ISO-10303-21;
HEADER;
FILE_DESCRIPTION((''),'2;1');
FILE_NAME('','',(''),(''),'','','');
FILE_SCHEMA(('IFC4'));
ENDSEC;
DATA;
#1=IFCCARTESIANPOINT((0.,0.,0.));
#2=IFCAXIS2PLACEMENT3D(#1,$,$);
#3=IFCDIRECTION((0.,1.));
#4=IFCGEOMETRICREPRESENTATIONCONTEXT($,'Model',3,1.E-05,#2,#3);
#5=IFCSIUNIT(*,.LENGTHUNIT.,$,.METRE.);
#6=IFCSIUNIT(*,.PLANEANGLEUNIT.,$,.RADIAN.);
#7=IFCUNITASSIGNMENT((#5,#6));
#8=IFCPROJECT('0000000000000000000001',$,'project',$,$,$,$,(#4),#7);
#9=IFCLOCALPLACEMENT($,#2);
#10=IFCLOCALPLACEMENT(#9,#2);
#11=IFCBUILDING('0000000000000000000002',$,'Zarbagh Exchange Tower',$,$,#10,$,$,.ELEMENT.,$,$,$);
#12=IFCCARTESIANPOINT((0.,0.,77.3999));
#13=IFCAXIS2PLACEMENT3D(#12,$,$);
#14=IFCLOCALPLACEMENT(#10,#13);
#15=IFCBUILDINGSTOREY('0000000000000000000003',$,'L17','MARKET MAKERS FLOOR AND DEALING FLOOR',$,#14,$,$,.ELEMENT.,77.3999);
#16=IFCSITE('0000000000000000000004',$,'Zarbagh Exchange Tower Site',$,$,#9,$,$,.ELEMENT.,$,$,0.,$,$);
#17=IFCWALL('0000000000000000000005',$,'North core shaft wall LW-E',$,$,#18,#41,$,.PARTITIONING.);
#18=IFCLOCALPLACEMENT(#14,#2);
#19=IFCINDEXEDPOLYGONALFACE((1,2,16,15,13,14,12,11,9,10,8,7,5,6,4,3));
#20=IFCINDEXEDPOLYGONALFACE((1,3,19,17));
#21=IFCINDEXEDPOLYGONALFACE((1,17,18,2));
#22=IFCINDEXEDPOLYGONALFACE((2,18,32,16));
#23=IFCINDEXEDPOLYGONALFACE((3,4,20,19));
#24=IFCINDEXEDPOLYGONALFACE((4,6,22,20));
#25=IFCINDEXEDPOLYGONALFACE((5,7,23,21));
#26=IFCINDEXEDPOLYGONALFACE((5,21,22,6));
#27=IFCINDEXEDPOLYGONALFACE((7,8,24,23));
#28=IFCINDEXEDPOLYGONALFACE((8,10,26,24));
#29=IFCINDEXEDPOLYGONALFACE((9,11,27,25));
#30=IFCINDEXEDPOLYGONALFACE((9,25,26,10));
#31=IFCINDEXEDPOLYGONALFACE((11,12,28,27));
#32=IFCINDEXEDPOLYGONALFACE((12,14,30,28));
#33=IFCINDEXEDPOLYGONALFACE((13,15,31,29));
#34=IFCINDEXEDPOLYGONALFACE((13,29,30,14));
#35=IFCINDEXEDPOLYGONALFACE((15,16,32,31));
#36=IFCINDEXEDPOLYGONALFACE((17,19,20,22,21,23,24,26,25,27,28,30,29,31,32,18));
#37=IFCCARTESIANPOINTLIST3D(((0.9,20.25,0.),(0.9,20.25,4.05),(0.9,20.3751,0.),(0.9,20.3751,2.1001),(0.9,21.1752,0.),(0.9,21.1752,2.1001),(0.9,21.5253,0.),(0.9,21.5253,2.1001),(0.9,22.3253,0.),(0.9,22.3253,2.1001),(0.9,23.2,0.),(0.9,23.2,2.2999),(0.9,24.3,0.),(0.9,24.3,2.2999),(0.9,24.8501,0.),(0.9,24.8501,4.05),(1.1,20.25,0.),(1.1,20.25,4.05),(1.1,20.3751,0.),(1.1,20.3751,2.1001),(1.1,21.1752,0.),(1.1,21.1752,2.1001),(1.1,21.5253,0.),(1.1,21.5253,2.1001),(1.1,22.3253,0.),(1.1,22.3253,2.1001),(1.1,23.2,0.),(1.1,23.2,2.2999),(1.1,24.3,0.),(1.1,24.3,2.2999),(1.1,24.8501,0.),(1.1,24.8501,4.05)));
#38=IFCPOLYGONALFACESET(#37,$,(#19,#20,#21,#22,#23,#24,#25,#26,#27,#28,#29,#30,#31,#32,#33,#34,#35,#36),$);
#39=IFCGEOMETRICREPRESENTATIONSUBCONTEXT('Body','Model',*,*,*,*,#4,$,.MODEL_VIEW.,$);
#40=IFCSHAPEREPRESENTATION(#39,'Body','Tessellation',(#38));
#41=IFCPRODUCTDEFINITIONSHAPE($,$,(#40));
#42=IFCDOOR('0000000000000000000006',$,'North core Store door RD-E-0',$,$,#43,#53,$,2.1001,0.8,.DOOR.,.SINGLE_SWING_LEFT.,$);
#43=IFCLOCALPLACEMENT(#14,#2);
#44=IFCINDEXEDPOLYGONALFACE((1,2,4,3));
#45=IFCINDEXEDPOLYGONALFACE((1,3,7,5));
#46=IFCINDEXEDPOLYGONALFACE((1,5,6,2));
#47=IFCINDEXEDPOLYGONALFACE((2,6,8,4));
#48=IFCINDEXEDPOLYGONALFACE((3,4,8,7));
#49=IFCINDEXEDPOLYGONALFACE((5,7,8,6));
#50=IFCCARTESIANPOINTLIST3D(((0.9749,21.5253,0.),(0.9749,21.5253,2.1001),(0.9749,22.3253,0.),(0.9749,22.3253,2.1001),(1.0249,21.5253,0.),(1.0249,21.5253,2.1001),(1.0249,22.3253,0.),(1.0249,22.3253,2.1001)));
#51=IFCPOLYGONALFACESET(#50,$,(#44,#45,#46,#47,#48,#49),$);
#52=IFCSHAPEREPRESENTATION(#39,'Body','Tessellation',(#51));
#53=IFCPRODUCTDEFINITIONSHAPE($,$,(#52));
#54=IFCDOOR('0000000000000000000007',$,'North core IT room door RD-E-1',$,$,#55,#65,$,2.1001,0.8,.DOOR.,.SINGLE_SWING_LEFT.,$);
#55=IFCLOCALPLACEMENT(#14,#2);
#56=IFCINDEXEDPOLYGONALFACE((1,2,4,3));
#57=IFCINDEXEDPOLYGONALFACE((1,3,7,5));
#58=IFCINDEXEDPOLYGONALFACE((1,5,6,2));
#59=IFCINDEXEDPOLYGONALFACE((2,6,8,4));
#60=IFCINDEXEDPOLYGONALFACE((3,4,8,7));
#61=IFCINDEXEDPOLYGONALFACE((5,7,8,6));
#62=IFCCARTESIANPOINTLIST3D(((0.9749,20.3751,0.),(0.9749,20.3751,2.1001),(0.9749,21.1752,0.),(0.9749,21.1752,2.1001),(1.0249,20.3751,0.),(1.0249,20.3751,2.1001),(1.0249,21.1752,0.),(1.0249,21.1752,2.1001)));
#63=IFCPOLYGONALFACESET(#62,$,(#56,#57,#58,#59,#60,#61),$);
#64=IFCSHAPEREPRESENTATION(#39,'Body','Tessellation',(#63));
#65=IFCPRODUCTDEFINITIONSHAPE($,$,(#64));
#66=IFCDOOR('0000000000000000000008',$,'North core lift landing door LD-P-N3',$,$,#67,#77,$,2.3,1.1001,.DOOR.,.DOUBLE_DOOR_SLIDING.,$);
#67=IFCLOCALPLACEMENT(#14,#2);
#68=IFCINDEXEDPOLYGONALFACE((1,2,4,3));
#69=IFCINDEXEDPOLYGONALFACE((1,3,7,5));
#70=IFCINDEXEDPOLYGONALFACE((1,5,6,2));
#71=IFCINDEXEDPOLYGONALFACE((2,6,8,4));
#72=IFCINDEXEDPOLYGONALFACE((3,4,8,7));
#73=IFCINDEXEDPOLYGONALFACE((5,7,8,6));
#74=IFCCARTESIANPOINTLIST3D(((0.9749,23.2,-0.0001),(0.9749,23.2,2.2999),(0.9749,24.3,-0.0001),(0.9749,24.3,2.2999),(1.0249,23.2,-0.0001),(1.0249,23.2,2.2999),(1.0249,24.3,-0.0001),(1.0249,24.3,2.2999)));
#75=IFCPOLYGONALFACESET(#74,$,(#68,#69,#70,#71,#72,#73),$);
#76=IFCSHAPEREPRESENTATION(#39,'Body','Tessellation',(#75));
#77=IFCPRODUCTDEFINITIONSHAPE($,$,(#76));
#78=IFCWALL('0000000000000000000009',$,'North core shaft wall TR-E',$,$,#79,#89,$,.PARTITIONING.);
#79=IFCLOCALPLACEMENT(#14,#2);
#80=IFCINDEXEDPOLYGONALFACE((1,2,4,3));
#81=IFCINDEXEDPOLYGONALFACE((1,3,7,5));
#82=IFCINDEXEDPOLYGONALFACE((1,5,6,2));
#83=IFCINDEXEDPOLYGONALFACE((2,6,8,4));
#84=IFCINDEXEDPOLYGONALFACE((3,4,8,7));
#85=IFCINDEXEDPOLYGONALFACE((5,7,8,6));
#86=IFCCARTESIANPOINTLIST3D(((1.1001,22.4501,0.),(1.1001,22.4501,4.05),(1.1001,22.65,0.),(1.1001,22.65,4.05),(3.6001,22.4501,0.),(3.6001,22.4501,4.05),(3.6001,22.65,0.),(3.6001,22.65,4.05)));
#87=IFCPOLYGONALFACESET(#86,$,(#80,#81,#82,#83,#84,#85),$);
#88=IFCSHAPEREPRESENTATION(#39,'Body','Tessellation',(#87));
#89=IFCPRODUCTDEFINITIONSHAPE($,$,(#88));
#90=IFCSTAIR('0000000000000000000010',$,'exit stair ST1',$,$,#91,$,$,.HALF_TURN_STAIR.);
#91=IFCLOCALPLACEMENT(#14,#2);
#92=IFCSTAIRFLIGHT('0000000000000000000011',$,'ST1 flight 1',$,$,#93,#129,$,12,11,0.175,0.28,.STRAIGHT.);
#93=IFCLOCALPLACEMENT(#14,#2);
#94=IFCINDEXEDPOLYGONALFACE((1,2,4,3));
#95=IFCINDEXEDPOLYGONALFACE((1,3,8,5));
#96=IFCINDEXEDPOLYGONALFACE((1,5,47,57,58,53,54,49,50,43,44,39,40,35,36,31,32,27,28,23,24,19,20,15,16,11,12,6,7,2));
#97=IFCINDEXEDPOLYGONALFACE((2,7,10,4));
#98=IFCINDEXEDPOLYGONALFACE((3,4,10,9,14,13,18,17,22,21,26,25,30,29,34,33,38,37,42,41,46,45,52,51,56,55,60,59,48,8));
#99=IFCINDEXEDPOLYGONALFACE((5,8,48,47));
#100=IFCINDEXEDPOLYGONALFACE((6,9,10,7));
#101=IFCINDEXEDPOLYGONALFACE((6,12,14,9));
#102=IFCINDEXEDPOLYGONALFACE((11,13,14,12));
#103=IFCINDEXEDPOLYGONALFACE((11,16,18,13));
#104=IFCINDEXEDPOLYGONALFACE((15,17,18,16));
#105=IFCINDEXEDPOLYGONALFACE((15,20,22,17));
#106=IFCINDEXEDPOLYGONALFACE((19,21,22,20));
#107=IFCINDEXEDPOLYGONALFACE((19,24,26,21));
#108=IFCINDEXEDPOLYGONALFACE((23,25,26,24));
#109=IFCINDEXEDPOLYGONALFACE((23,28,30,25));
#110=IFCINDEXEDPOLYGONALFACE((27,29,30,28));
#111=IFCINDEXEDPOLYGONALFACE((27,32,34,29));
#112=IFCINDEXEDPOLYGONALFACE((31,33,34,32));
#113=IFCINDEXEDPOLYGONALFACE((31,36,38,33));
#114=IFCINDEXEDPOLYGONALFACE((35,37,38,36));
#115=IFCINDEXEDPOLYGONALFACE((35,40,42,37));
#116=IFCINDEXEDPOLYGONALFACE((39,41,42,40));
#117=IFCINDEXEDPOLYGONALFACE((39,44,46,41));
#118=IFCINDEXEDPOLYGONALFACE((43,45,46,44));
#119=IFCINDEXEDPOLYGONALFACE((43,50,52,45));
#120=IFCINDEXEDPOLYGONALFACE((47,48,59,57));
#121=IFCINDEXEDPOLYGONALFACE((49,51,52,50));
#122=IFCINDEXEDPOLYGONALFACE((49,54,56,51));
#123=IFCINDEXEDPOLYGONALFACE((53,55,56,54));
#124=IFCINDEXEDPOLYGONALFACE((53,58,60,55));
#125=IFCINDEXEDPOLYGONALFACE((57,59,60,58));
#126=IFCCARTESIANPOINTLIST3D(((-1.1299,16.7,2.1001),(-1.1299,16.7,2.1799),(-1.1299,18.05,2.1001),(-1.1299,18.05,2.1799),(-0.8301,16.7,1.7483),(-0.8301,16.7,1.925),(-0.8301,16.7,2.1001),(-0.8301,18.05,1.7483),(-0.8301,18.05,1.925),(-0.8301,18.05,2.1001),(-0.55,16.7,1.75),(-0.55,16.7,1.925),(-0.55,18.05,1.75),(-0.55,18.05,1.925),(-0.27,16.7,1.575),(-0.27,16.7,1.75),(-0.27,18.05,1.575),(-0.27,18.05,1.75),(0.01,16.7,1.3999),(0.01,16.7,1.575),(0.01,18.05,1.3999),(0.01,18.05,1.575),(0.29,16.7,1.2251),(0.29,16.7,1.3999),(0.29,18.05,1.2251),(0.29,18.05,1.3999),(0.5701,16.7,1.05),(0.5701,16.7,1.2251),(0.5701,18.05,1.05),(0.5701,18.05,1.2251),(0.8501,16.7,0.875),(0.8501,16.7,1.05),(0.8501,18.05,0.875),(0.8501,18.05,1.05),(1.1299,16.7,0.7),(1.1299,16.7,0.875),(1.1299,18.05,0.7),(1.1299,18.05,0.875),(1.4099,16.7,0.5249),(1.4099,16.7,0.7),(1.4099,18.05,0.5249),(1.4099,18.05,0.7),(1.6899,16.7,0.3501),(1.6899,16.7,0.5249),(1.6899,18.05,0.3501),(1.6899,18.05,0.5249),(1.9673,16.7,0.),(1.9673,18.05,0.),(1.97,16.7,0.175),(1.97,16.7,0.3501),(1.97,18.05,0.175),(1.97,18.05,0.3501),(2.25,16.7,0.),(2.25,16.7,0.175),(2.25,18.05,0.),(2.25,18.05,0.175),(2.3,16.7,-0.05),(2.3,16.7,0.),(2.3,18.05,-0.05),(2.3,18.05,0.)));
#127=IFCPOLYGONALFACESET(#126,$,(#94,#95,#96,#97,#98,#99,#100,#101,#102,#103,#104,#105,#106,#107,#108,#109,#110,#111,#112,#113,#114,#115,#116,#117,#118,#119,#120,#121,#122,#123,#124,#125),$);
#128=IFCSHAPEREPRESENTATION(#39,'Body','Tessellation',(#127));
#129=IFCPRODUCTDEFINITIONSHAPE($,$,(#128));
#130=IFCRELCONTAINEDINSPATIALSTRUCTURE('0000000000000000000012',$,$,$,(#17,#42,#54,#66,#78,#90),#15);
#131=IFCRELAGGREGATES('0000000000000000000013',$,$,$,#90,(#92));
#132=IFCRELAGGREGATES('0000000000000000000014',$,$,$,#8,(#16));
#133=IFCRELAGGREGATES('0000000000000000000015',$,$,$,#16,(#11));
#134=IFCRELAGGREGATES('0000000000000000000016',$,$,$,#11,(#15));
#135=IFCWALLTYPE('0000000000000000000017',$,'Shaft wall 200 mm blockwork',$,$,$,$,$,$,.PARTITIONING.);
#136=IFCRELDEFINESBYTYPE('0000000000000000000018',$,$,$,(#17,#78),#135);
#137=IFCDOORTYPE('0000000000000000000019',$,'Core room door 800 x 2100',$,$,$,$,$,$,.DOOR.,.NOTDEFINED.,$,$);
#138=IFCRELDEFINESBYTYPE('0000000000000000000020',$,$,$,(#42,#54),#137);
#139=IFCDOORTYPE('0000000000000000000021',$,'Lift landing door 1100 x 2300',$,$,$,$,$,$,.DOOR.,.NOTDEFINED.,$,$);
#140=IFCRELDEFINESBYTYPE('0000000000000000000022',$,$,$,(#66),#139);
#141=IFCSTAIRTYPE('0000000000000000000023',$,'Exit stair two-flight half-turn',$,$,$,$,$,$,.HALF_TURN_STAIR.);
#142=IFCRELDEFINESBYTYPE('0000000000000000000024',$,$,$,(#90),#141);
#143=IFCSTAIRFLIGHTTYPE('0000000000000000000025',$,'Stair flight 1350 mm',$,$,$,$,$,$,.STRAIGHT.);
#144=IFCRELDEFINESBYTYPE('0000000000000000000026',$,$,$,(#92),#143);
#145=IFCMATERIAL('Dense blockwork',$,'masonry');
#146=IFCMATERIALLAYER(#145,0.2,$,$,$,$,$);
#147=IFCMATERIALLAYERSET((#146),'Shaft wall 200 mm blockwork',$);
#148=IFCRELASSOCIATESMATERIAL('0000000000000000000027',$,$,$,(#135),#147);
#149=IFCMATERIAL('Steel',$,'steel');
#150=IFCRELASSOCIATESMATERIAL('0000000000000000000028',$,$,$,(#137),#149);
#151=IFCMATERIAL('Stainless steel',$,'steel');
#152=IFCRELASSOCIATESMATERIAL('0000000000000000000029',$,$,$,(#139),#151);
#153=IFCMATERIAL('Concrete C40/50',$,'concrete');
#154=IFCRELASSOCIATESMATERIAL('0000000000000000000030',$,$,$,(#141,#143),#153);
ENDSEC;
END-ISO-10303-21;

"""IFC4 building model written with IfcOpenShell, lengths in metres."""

from ifc_helpers import new_model, si_unit, direction, frame, frame_2d, origin, place, context, subcontext, project, spatial, polyline, rectangle, outline, extrude, material, layer, layer_set, type_object, element, fill, aggregate, save


model = new_model("IFC4")

# Units and contexts
model_context = context("Model", 3, precision=1e-05, world=origin(), true_north=direction((0.0, 1.0)))
body_context = subcontext(model_context, "Body", "Model", "MODEL_VIEW")
ifc_project = project(units=[si_unit("LENGTHUNIT", "METRE"), si_unit("PLANEANGLEUNIT", "RADIAN")], contexts=[model_context])

# Site, building, storey
site_placement = place(None, origin())
site = spatial("IfcSite", under=ifc_project, at=site_placement, Name="Zarbagh Exchange Tower Site", CompositionType="ELEMENT", RefElevation=0.0)
building_placement = place(site_placement, origin())
building = spatial("IfcBuilding", under=site, at=building_placement, Name="Zarbagh Exchange Tower", CompositionType="ELEMENT")
storey_placement = place(building_placement, frame((0.0, 0.0, 77.3999)))
storey = spatial("IfcBuildingStorey", under=building, at=storey_placement, Name="L17", Description="MARKET MAKERS FLOOR AND DEALING FLOOR", CompositionType="ELEMENT", Elevation=77.3999)

# Shared definitions
ifc_material_1 = material(Name="Dense blockwork", Category="masonry")

# Wall, openings, doors
ifc_material_2 = material(Name="Steel", Category="steel")
ifc_layer_1 = layer(ifc_material_1, 0.2)
ifc_layer_set_1 = layer_set([ifc_layer_1], Name="Shaft wall 200 mm blockwork")
wall_type_1 = type_object("IfcWallType", Name="Shaft wall 200 mm blockwork", PredefinedType="PARTITIONING", material=ifc_layer_set_1)
wall_1_placement = place(storey_placement, frame((1.0, 24.8501, 0.0), z_axis=(0.0, 0.0, 1.0), x_axis=(0.0, -1.0, 0.0)))
wall_1 = element("IfcWall", 1, at=wall_1_placement, inside=storey, type_object=wall_type_1, Name="North core shaft wall LW-E", PredefinedType="PARTITIONING", context=body_context, shape_type="SweptSolid", body=[
    extrude(rectangle(XDim=4.6001, YDim=0.2, at=frame_2d((2.3, 0.0))), origin(), (0.0, 0.0, 1.0), 4.05),
])
opening_1_placement = place(wall_1_placement, frame((0.55, 0.0, 0.0)))
opening_1 = element("IfcOpeningElement", 2, at=opening_1_placement, cuts=wall_1, PredefinedType="OPENING", context=body_context, shape_type="SweptSolid", body=[
    extrude(rectangle(XDim=1.1001, YDim=2.3, at=frame_2d((0.55, 1.1499))), frame((0.0, 0.1099, 0.0), z_axis=(0.0, -1.0, 0.0), x_axis=(1.0, 0.0, 0.0)), (0.0, 0.0, 1.0), 0.22),
])
opening_2_placement = place(wall_1_placement, frame((2.5249, 0.0, 0.0)))
opening_2 = element("IfcOpeningElement", 3, at=opening_2_placement, cuts=wall_1, PredefinedType="OPENING", context=body_context, shape_type="SweptSolid", body=[
    extrude(rectangle(XDim=0.8, YDim=2.1001, at=frame_2d((0.3999, 1.05))), frame((0.0, 0.1099, 0.0), z_axis=(0.0, -1.0, 0.0), x_axis=(1.0, 0.0, 0.0)), (0.0, 0.0, 1.0), 0.22),
])
opening_3_placement = place(wall_1_placement, frame((3.675, 0.0, 0.0)))
opening_3 = element("IfcOpeningElement", 4, at=opening_3_placement, cuts=wall_1, PredefinedType="OPENING", context=body_context, shape_type="SweptSolid", body=[
    extrude(rectangle(XDim=0.8, YDim=2.1001, at=frame_2d((0.3999, 1.05))), frame((0.0, 0.1099, 0.0), z_axis=(0.0, -1.0, 0.0), x_axis=(1.0, 0.0, 0.0)), (0.0, 0.0, 1.0), 0.22),
])
door_type_1 = type_object("IfcDoorType", Name="Core room door 800 x 2100", OperationType="NOTDEFINED", PredefinedType="DOOR", material=ifc_material_2)
door_1_placement = place(opening_2_placement, origin())
door_1 = element("IfcDoor", 5, at=door_1_placement, inside=storey, type_object=door_type_1, Name="North core Store door RD-E-0", OperationType="SINGLE_SWING_LEFT", OverallHeight=2.1001, OverallWidth=0.8, PredefinedType="DOOR", context=body_context, shape_type="SweptSolid", body=[
    extrude(rectangle(XDim=0.8, YDim=2.1001, at=frame_2d((0.3999, 1.05))), frame((0.0, 0.0249, 0.0), z_axis=(0.0, -1.0, 0.0), x_axis=(1.0, 0.0, 0.0)), (0.0, 0.0, 1.0), 0.05),
])
fill(opening_2, door_1)
door_2_placement = place(opening_3_placement, origin())
door_2 = element("IfcDoor", 6, at=door_2_placement, inside=storey, type_object=door_type_1, Name="North core IT room door RD-E-1", OperationType="SINGLE_SWING_LEFT", OverallHeight=2.1001, OverallWidth=0.8, PredefinedType="DOOR", context=body_context, shape_type="SweptSolid", body=[
    extrude(rectangle(XDim=0.8, YDim=2.1001, at=frame_2d((0.3999, 1.05))), frame((0.0, 0.0249, 0.0), z_axis=(0.0, -1.0, 0.0), x_axis=(1.0, 0.0, 0.0)), (0.0, 0.0, 1.0), 0.05),
])
fill(opening_3, door_2)
ifc_material_3 = material(Name="Stainless steel", Category="steel")
door_type_2 = type_object("IfcDoorType", Name="Lift landing door 1100 x 2300", OperationType="NOTDEFINED", PredefinedType="DOOR", material=ifc_material_3)
door_3_placement = place(opening_1_placement, origin())
door_3 = element("IfcDoor", 7, at=door_3_placement, inside=storey, type_object=door_type_2, Name="North core lift landing door LD-P-N3", OperationType="DOUBLE_DOOR_SLIDING", OverallHeight=2.3, OverallWidth=1.1001, PredefinedType="DOOR", context=body_context, shape_type="SweptSolid", body=[
    extrude(rectangle(XDim=1.1001, YDim=2.3, at=frame_2d((0.55, 1.1499))), frame((0.0, 0.0249, 0.0), z_axis=(0.0, -1.0, 0.0), x_axis=(1.0, 0.0, 0.0)), (0.0, 0.0, 1.0), 0.05),
])
fill(opening_1, door_3)

# Wall
wall_2_placement = place(storey_placement, frame((1.1001, 22.55, 0.0), z_axis=(0.0, 0.0, 1.0), x_axis=(1.0, 0.0, 0.0)))
element("IfcWall", 8, at=wall_2_placement, inside=storey, type_object=wall_type_1, Name="North core shaft wall TR-E", PredefinedType="PARTITIONING", context=body_context, shape_type="SweptSolid", body=[
    extrude(rectangle(XDim=2.5, YDim=0.2, at=frame_2d((1.25, 0.0))), origin(), (0.0, 0.0, 1.0), 4.05),
])

# Stair, stair flight
ifc_material_4 = material(Name="Concrete C40/50", Category="concrete")
stair_type = type_object("IfcStairType", Name="Exit stair two-flight half-turn", PredefinedType="HALF_TURN_STAIR", material=ifc_material_4)
stair_placement = place(storey_placement, origin())
stair = element("IfcStair", 9, at=stair_placement, inside=storey, type_object=stair_type, Name="exit stair ST1", PredefinedType="HALF_TURN_STAIR")
stair_flight_type = type_object("IfcStairFlightType", Name="Stair flight 1350 mm", PredefinedType="STRAIGHT", material=ifc_material_4)
stair_flight_placement = place(storey_placement, frame((2.25, 17.375, 0.0), z_axis=(0.0, 0.0, 1.0), x_axis=(-1.0, 0.0, 0.0)))
stair_flight = element("IfcStairFlight", 10, at=stair_flight_placement, type_object=stair_flight_type, Name="ST1 flight 1", NumberOfRisers=12, NumberOfTreads=11, PredefinedType="STRAIGHT", RiserHeight=0.175, TreadLength=0.28, context=body_context, shape_type="SweptSolid", body=[
    extrude(outline(polyline([(-0.05, -0.05), (-0.05, 0.0), (0.0, 0.0), (0.0, 0.175), (0.28, 0.175), (0.28, 0.3501), (0.5601, 0.3501), (0.5601, 0.5249), (0.8401, 0.5249), (0.8401, 0.7), (1.1201, 0.7), (1.1201, 0.875), (1.3999, 0.875), (1.3999, 1.05), (1.6799, 1.05), (1.6799, 1.2251), (1.96, 1.2251), (1.96, 1.3999), (2.24, 1.3999), (2.24, 1.575), (2.52, 1.575), (2.52, 1.75), (2.8, 1.75), (2.8, 1.925), (3.0801, 1.925), (3.0801, 2.1001), (3.3799, 2.1799), (3.3799, 2.1001), (3.0801, 1.7483), (0.2827, 0.0), (-0.05, -0.05)])), frame((0.0, 0.675, 0.0), z_axis=(0.0, -1.0, 0.0), x_axis=(1.0, 0.0, 0.0)), (0.0, 0.0, 1.0), 1.3501),
])
aggregate(stair, [stair_flight])

save(model, "model.ifc")
